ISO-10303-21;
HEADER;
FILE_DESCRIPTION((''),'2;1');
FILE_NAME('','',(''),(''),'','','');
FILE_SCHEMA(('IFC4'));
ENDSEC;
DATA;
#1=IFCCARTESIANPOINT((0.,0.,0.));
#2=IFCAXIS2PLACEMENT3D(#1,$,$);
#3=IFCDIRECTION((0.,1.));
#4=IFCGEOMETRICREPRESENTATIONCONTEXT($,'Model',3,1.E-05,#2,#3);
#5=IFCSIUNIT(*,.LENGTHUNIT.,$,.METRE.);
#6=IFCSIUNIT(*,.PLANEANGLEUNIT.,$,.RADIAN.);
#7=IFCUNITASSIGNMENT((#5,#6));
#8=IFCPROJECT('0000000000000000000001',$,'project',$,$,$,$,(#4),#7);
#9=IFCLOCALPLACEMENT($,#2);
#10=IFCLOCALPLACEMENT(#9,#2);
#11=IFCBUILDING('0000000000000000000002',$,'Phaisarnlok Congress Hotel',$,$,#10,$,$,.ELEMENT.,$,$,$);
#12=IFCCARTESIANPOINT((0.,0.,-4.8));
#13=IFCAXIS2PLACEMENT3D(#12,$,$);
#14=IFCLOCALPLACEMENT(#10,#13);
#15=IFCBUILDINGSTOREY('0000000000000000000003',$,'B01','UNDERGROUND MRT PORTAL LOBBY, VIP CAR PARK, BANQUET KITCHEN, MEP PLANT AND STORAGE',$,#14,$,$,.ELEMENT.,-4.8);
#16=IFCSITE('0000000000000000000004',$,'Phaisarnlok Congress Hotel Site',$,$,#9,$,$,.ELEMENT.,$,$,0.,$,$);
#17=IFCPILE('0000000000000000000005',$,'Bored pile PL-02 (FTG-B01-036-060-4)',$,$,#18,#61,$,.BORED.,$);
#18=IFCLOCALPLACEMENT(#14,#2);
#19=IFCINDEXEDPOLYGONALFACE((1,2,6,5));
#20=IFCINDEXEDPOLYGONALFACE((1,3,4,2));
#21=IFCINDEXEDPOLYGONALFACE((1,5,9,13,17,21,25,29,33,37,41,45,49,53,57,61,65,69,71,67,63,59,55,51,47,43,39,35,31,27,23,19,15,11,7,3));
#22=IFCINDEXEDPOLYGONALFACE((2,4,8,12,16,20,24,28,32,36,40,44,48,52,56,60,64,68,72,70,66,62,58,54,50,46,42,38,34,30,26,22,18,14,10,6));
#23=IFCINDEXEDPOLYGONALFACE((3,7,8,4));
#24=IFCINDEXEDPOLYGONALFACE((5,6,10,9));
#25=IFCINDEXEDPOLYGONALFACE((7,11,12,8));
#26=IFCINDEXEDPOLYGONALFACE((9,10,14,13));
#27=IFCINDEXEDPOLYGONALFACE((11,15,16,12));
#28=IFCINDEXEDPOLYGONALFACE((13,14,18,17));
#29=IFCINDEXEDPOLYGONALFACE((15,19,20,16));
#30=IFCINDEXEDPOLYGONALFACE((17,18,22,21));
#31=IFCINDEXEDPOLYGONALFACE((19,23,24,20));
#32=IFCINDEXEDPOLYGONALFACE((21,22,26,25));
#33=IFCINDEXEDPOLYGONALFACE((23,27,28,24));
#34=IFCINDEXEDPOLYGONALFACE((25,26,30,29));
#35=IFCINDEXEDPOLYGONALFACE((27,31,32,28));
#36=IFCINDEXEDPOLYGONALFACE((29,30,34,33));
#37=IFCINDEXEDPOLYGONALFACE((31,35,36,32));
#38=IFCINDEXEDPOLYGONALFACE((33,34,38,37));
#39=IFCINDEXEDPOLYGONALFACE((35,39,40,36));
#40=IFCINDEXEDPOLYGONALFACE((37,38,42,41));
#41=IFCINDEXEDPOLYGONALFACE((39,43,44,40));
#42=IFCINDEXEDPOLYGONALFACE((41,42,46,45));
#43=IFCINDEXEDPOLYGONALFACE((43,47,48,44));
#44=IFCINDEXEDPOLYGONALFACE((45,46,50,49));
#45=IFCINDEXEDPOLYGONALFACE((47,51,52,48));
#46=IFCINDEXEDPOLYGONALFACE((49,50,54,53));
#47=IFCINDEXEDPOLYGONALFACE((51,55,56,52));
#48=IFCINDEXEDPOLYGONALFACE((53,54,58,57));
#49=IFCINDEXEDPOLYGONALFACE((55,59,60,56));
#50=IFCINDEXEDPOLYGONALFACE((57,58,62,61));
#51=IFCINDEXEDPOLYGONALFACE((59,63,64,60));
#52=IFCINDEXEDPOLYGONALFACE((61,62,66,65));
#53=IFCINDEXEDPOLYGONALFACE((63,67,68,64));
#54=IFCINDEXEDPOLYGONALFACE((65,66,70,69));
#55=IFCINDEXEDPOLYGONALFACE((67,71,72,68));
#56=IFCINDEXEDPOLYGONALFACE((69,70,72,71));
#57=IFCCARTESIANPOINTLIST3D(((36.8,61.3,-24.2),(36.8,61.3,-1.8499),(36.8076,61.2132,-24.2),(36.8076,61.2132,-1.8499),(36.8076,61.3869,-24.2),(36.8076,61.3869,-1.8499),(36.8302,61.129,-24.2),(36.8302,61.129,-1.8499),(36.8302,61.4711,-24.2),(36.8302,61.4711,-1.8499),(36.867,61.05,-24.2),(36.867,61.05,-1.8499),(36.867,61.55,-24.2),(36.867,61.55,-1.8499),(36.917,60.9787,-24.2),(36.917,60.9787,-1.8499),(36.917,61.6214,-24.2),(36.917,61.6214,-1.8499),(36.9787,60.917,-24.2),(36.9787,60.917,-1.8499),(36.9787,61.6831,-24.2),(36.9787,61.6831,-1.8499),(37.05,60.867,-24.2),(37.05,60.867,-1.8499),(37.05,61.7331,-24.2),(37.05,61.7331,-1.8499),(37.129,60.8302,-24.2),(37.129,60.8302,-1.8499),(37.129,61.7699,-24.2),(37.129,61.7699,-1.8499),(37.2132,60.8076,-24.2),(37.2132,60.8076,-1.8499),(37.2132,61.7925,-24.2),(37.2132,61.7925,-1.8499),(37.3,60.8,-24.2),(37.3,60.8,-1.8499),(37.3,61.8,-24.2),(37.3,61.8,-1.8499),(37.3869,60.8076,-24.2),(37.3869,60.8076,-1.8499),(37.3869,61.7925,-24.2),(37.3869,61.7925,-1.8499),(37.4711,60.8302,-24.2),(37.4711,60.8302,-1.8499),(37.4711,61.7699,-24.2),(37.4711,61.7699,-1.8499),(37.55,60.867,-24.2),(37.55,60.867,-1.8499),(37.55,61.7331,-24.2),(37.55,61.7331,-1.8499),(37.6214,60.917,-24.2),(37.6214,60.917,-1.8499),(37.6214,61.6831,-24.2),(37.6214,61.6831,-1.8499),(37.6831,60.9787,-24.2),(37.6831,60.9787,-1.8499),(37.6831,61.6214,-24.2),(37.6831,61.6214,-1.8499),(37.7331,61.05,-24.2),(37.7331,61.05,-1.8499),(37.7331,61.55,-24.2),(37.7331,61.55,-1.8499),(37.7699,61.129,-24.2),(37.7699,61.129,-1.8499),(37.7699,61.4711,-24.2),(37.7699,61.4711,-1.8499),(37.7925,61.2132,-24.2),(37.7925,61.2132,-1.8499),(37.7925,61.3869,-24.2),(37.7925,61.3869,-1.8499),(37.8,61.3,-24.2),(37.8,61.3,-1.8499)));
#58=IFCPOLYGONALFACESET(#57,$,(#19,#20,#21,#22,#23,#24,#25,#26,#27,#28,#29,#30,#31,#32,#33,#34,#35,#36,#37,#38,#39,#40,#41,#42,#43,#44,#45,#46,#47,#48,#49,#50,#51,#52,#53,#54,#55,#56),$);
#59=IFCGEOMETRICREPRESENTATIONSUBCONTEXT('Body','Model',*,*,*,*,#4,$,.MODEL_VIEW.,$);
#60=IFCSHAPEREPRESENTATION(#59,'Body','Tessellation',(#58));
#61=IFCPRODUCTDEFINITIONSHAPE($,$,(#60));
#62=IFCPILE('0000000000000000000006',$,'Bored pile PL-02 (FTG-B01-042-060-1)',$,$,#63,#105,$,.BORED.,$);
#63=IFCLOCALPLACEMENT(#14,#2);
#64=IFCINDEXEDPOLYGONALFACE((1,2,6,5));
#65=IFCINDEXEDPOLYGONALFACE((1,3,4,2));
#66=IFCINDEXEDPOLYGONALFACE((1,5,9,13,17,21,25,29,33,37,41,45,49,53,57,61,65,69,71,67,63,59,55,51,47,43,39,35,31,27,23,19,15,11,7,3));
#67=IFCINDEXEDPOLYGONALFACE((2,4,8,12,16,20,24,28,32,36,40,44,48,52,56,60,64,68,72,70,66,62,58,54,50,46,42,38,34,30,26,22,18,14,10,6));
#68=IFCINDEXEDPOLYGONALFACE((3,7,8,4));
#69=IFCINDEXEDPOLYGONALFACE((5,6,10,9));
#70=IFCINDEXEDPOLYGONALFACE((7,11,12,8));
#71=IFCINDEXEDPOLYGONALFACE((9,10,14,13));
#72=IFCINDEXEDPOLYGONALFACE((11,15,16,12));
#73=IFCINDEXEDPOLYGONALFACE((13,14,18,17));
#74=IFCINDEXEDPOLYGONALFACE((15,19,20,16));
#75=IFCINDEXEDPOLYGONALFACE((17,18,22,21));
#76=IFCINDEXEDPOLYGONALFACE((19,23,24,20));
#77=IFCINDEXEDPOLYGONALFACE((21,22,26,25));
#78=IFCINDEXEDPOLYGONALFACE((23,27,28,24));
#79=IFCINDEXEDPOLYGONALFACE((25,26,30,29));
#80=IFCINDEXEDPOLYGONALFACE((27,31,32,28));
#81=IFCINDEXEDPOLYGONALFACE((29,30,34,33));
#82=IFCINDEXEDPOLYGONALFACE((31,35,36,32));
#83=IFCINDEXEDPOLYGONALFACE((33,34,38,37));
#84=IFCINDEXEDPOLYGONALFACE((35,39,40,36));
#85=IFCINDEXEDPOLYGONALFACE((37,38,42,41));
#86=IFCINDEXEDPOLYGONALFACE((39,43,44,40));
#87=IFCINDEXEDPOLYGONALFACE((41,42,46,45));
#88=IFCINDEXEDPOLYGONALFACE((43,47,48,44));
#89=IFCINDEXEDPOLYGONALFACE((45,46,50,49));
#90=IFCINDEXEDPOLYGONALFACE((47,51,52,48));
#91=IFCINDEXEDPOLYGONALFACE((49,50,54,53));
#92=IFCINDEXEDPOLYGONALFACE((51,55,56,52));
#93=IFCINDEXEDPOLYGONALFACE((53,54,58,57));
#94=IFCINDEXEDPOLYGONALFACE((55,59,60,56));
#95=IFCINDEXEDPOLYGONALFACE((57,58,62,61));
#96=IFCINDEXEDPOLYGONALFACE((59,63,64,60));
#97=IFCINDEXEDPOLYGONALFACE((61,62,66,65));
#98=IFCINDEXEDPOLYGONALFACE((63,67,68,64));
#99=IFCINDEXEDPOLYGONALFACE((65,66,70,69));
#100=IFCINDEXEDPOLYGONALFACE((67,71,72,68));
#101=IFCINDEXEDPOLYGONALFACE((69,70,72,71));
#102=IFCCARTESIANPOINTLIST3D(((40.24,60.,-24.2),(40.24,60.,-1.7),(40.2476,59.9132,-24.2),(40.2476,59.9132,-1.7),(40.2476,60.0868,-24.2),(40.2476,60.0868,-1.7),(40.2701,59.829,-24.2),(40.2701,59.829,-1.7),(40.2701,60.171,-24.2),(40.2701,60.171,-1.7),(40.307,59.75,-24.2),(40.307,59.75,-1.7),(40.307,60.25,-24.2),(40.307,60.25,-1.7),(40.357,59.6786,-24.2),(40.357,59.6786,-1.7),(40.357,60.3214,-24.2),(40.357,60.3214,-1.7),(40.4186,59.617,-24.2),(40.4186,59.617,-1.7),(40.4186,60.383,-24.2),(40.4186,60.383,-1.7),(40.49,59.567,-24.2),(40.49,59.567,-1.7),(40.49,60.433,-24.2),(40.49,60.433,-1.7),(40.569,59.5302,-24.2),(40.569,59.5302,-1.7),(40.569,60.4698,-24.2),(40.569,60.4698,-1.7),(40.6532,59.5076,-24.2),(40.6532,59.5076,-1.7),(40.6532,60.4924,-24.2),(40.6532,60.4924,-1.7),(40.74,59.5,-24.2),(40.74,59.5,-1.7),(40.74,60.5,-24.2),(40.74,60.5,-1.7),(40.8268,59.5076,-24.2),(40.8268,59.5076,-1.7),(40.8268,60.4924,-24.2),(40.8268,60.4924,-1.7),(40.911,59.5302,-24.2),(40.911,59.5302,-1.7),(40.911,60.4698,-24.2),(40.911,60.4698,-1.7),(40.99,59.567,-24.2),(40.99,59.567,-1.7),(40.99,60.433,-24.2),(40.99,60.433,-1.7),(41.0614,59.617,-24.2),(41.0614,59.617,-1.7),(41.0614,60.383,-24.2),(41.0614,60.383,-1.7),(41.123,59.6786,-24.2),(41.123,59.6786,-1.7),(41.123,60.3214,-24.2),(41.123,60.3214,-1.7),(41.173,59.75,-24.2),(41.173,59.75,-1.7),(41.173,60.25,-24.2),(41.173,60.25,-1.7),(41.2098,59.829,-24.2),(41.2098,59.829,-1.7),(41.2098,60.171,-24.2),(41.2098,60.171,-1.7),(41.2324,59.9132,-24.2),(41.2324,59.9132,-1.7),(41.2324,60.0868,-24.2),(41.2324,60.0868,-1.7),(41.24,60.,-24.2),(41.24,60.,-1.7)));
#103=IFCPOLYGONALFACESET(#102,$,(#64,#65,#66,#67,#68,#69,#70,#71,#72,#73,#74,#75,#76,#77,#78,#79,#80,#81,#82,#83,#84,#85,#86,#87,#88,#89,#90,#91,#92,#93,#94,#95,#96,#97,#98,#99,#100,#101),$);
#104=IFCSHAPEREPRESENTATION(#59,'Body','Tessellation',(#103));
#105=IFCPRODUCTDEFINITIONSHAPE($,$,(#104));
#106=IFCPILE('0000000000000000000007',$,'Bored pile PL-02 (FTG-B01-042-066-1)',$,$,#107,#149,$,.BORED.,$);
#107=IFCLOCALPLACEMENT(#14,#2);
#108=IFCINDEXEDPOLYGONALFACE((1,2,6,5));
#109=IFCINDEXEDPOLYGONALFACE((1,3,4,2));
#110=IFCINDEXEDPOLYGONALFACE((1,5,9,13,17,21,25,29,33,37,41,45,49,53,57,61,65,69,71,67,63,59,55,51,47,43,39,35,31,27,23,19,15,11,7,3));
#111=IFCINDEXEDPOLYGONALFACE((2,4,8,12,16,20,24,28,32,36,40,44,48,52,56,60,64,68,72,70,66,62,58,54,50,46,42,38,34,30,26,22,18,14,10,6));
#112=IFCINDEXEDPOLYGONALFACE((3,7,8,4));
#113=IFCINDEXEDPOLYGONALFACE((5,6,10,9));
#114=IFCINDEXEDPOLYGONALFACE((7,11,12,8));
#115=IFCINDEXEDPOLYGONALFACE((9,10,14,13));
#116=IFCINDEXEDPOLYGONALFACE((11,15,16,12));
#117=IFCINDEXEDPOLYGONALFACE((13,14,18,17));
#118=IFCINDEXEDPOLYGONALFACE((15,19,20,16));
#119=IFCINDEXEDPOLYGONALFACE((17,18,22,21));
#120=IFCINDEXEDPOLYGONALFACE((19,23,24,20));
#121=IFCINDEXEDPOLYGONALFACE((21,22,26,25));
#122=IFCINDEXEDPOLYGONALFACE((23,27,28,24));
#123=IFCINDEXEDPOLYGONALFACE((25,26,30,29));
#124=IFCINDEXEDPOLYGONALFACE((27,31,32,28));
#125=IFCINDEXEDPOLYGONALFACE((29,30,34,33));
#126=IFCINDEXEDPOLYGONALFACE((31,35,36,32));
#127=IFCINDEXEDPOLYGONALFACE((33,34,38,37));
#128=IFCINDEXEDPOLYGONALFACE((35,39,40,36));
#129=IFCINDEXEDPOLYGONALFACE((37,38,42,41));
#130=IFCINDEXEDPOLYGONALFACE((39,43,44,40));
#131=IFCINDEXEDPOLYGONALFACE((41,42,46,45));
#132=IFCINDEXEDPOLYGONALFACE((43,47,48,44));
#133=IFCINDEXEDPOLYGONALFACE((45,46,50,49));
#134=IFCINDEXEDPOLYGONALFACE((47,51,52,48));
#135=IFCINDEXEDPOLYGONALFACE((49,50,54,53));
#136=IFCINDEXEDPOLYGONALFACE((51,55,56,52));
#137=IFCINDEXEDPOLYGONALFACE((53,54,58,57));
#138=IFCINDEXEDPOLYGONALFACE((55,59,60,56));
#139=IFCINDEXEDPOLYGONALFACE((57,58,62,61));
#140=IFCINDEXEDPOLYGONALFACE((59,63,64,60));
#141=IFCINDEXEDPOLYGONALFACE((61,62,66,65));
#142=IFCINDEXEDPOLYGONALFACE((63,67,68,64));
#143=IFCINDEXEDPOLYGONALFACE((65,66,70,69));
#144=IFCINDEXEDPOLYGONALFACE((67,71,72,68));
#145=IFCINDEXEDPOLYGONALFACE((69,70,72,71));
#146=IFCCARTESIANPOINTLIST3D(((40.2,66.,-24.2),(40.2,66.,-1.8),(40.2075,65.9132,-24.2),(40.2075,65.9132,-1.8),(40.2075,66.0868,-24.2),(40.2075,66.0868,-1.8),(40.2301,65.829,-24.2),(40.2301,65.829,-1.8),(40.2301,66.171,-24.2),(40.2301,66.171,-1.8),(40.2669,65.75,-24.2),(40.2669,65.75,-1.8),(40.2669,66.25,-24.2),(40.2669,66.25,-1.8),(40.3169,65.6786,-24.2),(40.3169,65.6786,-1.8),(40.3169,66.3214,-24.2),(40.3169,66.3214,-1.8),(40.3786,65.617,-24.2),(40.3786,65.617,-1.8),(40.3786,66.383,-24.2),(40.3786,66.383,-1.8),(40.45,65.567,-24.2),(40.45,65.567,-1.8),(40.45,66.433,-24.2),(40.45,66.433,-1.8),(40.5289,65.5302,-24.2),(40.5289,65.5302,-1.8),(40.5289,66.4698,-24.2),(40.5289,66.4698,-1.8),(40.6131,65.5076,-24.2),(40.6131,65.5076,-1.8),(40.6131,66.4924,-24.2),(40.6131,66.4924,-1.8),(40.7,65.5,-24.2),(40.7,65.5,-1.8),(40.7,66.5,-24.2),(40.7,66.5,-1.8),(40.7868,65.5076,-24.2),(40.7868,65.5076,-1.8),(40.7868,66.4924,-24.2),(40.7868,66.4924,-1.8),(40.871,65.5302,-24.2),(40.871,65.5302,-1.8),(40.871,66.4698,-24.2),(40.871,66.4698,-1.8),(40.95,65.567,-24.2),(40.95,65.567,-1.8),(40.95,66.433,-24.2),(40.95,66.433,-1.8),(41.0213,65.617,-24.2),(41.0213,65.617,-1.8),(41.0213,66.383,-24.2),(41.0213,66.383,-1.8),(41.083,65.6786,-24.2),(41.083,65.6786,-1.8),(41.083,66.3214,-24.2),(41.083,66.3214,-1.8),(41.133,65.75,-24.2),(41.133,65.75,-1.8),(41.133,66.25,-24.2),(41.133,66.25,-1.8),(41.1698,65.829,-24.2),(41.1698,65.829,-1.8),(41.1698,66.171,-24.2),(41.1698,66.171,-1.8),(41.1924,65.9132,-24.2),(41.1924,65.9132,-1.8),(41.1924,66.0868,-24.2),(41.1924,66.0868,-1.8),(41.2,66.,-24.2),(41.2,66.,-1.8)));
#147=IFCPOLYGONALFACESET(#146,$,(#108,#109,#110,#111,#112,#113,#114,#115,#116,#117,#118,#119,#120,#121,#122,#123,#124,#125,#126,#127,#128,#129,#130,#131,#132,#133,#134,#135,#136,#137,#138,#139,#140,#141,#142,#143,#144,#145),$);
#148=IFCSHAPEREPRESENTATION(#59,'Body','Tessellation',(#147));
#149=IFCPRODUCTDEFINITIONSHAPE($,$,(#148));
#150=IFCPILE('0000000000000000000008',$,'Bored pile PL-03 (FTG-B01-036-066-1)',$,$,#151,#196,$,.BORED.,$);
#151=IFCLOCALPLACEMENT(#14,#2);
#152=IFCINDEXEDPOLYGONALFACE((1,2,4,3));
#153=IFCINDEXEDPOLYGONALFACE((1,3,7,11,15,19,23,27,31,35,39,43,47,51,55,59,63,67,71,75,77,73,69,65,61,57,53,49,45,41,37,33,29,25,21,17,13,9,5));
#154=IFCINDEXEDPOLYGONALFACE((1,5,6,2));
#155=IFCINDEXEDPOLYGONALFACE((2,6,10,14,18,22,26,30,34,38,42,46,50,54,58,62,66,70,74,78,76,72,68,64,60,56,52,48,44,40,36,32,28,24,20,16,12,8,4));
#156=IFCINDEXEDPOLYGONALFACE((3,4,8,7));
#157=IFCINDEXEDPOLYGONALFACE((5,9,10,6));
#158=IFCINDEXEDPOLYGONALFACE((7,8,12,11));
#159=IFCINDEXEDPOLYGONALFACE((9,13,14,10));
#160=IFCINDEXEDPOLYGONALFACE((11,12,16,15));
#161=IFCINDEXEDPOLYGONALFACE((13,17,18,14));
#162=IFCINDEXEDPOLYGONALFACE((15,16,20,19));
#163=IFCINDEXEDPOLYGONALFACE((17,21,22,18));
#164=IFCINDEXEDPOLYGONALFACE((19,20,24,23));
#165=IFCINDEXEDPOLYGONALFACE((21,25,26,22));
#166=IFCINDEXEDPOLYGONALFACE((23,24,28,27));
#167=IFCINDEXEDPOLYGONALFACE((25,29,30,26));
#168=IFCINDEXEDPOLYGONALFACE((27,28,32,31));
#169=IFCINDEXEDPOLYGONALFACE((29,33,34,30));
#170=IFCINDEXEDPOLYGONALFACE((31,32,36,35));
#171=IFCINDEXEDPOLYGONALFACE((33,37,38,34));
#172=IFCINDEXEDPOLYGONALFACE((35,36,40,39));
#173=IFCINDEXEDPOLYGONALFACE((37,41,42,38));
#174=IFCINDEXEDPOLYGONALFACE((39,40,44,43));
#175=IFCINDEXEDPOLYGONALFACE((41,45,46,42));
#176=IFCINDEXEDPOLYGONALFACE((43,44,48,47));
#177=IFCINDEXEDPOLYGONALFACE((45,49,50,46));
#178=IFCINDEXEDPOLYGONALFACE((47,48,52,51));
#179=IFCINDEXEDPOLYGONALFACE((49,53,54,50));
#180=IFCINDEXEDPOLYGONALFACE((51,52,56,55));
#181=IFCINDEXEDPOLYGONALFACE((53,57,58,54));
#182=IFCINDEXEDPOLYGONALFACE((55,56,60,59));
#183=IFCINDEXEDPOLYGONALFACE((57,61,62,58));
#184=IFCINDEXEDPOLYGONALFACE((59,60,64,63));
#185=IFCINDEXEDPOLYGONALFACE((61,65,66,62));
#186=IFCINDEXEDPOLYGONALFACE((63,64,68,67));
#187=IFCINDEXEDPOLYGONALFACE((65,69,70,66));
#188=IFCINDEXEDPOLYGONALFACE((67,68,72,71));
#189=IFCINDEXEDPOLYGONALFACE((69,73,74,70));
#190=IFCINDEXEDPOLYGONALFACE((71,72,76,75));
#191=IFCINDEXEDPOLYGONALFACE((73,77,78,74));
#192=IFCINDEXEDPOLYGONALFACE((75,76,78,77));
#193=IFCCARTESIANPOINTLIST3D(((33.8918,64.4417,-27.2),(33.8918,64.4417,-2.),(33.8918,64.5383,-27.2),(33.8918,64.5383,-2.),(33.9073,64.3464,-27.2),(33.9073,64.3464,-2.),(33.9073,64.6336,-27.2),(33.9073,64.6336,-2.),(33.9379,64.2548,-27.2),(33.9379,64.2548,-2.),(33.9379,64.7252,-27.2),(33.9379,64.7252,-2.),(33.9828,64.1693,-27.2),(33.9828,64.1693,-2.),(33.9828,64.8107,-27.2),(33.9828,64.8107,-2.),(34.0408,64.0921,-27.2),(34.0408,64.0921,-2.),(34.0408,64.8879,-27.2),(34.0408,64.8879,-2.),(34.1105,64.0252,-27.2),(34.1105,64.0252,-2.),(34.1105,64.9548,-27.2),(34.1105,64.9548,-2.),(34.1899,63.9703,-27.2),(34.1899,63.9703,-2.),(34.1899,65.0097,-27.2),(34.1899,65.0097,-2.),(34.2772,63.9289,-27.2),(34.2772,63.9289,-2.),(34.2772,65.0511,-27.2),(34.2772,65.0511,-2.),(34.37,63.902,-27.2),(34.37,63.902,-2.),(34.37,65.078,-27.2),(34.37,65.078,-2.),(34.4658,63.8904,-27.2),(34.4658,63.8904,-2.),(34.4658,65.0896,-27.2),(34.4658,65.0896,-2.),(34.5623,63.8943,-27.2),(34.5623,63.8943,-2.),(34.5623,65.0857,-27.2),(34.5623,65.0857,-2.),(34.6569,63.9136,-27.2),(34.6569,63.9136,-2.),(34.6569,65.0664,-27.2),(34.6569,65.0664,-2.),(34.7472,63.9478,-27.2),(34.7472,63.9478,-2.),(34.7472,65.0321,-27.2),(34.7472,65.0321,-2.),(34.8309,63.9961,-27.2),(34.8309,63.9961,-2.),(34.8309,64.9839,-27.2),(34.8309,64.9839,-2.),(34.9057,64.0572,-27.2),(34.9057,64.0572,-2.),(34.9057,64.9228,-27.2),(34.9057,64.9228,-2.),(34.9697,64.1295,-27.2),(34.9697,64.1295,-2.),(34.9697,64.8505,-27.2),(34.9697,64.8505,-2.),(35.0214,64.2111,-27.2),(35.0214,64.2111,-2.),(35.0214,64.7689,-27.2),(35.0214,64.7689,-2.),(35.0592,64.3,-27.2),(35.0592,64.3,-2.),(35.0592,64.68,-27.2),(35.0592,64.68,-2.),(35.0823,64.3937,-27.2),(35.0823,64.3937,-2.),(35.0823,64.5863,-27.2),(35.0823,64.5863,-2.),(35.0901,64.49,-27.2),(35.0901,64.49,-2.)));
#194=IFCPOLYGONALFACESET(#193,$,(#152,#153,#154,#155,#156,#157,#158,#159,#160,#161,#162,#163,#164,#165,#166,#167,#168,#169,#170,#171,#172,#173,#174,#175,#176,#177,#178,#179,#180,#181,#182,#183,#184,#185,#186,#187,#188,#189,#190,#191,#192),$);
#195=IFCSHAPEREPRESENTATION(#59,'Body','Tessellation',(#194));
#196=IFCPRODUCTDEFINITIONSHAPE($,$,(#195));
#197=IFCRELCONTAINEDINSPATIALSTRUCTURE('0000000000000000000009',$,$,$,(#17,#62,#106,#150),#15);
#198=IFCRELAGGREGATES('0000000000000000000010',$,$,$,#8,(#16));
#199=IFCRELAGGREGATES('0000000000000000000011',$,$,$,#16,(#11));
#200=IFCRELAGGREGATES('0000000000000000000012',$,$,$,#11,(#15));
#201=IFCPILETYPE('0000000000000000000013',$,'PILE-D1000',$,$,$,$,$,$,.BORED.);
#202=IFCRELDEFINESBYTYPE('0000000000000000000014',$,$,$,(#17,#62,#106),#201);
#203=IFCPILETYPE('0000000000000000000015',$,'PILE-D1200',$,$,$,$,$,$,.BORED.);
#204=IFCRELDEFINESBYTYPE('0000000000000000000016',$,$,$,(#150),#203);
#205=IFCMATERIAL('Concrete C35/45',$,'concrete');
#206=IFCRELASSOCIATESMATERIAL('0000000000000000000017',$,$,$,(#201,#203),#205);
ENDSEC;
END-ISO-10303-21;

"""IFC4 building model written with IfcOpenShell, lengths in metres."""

from ifc_helpers import new_model, si_unit, direction, frame, origin, origin_2d, place, context, subcontext, project, spatial, circle, extrude, material, material_profile, profile_set, type_object, element, save


model = new_model("IFC4")

# Units and contexts
model_context = context("Model", 3, precision=1e-05, world=origin(), true_north=direction((0.0, 1.0)))
body_context = subcontext(model_context, "Body", "Model", "MODEL_VIEW")
ifc_project = project(units=[si_unit("LENGTHUNIT", "METRE"), si_unit("PLANEANGLEUNIT", "RADIAN")], contexts=[model_context])

# Site, building, storey
site_placement = place(None, origin())
site = spatial("IfcSite", under=ifc_project, at=site_placement, Name="Phaisarnlok Congress Hotel Site", CompositionType="ELEMENT", RefElevation=0.0)
building_placement = place(site_placement, origin())
building = spatial("IfcBuilding", under=site, at=building_placement, Name="Phaisarnlok Congress Hotel", CompositionType="ELEMENT")
storey_placement = place(building_placement, frame((0.0, 0.0, -4.8)))
storey = spatial("IfcBuildingStorey", under=building, at=storey_placement, Name="B01", Description="UNDERGROUND MRT PORTAL LOBBY, VIP CAR PARK, BANQUET KITCHEN, MEP PLANT AND STORAGE", CompositionType="ELEMENT", Elevation=-4.8)

# Piles
ifc_material_1 = material(Name="Concrete C35/45", Category="concrete")
ifc_material_profile_1 = material_profile(ifc_material_1, circle(Radius=0.5, at=origin_2d()), Name="BORED PILE D1000")
ifc_profile_set_1 = profile_set([ifc_material_profile_1], Name="Concrete C35/45")
pile_type_1 = type_object("IfcPileType", Name="PILE-D1000", PredefinedType="BORED", material=ifc_profile_set_1)
for number, where, z_axis, x_axis, name in (
    (1, (37.3, 61.3, -1.8499), (0.0, 0.0, -1.0), (1.0, 0.0, 0.0), "Bored pile PL-02 (FTG-B01-036-060-4)"),
):
    element("IfcPile", number, at=place(storey_placement, frame(where, z_axis=z_axis, x_axis=x_axis)), inside=storey, type_object=pile_type_1, Name=name, PredefinedType="BORED", context=body_context, shape_type="SweptSolid", body=[
        extrude(circle(Radius=0.5, at=origin_2d()), origin(), (0.0, 0.0, 1.0), 22.3501),
    ])
pile_1_placement = place(storey_placement, frame((40.74, 60.0, -1.7), z_axis=(0.0, 0.0, -1.0), x_axis=(1.0, 0.0, 0.0)))
element("IfcPile", 2, at=pile_1_placement, inside=storey, type_object=pile_type_1, Name="Bored pile PL-02 (FTG-B01-042-060-1)", PredefinedType="BORED", context=body_context, shape_type="SweptSolid", body=[
    extrude(circle(Radius=0.5, at=origin_2d()), origin(), (0.0, 0.0, 1.0), 22.5),
])
pile_2_placement = place(storey_placement, frame((40.7, 66.0, -1.8), z_axis=(0.0, 0.0, -1.0), x_axis=(1.0, 0.0, 0.0)))
element("IfcPile", 3, at=pile_2_placement, inside=storey, type_object=pile_type_1, Name="Bored pile PL-02 (FTG-B01-042-066-1)", PredefinedType="BORED", context=body_context, shape_type="SweptSolid", body=[
    extrude(circle(Radius=0.5, at=origin_2d()), origin(), (0.0, 0.0, 1.0), 22.3999),
])
ifc_material_profile_2 = material_profile(ifc_material_1, circle(Radius=0.6001, at=origin_2d()), Name="BORED PILE D1200")
ifc_profile_set_2 = profile_set([ifc_material_profile_2], Name="Concrete C35/45")
pile_type_2 = type_object("IfcPileType", Name="PILE-D1200", PredefinedType="BORED", material=ifc_profile_set_2)
for number, where, z_axis, x_axis, name in (
    (4, (34.49, 64.49, -2.0), (0.0, 0.0, -1.0), (1.0, 0.0, 0.0), "Bored pile PL-03 (FTG-B01-036-066-1)"),
):
    element("IfcPile", number, at=place(storey_placement, frame(where, z_axis=z_axis, x_axis=x_axis)), inside=storey, type_object=pile_type_2, Name=name, PredefinedType="BORED", context=body_context, shape_type="SweptSolid", body=[
        extrude(circle(Radius=0.6001, at=origin_2d()), origin(), (0.0, 0.0, 1.0), 25.2),
    ])

save(model, "model.ifc")
